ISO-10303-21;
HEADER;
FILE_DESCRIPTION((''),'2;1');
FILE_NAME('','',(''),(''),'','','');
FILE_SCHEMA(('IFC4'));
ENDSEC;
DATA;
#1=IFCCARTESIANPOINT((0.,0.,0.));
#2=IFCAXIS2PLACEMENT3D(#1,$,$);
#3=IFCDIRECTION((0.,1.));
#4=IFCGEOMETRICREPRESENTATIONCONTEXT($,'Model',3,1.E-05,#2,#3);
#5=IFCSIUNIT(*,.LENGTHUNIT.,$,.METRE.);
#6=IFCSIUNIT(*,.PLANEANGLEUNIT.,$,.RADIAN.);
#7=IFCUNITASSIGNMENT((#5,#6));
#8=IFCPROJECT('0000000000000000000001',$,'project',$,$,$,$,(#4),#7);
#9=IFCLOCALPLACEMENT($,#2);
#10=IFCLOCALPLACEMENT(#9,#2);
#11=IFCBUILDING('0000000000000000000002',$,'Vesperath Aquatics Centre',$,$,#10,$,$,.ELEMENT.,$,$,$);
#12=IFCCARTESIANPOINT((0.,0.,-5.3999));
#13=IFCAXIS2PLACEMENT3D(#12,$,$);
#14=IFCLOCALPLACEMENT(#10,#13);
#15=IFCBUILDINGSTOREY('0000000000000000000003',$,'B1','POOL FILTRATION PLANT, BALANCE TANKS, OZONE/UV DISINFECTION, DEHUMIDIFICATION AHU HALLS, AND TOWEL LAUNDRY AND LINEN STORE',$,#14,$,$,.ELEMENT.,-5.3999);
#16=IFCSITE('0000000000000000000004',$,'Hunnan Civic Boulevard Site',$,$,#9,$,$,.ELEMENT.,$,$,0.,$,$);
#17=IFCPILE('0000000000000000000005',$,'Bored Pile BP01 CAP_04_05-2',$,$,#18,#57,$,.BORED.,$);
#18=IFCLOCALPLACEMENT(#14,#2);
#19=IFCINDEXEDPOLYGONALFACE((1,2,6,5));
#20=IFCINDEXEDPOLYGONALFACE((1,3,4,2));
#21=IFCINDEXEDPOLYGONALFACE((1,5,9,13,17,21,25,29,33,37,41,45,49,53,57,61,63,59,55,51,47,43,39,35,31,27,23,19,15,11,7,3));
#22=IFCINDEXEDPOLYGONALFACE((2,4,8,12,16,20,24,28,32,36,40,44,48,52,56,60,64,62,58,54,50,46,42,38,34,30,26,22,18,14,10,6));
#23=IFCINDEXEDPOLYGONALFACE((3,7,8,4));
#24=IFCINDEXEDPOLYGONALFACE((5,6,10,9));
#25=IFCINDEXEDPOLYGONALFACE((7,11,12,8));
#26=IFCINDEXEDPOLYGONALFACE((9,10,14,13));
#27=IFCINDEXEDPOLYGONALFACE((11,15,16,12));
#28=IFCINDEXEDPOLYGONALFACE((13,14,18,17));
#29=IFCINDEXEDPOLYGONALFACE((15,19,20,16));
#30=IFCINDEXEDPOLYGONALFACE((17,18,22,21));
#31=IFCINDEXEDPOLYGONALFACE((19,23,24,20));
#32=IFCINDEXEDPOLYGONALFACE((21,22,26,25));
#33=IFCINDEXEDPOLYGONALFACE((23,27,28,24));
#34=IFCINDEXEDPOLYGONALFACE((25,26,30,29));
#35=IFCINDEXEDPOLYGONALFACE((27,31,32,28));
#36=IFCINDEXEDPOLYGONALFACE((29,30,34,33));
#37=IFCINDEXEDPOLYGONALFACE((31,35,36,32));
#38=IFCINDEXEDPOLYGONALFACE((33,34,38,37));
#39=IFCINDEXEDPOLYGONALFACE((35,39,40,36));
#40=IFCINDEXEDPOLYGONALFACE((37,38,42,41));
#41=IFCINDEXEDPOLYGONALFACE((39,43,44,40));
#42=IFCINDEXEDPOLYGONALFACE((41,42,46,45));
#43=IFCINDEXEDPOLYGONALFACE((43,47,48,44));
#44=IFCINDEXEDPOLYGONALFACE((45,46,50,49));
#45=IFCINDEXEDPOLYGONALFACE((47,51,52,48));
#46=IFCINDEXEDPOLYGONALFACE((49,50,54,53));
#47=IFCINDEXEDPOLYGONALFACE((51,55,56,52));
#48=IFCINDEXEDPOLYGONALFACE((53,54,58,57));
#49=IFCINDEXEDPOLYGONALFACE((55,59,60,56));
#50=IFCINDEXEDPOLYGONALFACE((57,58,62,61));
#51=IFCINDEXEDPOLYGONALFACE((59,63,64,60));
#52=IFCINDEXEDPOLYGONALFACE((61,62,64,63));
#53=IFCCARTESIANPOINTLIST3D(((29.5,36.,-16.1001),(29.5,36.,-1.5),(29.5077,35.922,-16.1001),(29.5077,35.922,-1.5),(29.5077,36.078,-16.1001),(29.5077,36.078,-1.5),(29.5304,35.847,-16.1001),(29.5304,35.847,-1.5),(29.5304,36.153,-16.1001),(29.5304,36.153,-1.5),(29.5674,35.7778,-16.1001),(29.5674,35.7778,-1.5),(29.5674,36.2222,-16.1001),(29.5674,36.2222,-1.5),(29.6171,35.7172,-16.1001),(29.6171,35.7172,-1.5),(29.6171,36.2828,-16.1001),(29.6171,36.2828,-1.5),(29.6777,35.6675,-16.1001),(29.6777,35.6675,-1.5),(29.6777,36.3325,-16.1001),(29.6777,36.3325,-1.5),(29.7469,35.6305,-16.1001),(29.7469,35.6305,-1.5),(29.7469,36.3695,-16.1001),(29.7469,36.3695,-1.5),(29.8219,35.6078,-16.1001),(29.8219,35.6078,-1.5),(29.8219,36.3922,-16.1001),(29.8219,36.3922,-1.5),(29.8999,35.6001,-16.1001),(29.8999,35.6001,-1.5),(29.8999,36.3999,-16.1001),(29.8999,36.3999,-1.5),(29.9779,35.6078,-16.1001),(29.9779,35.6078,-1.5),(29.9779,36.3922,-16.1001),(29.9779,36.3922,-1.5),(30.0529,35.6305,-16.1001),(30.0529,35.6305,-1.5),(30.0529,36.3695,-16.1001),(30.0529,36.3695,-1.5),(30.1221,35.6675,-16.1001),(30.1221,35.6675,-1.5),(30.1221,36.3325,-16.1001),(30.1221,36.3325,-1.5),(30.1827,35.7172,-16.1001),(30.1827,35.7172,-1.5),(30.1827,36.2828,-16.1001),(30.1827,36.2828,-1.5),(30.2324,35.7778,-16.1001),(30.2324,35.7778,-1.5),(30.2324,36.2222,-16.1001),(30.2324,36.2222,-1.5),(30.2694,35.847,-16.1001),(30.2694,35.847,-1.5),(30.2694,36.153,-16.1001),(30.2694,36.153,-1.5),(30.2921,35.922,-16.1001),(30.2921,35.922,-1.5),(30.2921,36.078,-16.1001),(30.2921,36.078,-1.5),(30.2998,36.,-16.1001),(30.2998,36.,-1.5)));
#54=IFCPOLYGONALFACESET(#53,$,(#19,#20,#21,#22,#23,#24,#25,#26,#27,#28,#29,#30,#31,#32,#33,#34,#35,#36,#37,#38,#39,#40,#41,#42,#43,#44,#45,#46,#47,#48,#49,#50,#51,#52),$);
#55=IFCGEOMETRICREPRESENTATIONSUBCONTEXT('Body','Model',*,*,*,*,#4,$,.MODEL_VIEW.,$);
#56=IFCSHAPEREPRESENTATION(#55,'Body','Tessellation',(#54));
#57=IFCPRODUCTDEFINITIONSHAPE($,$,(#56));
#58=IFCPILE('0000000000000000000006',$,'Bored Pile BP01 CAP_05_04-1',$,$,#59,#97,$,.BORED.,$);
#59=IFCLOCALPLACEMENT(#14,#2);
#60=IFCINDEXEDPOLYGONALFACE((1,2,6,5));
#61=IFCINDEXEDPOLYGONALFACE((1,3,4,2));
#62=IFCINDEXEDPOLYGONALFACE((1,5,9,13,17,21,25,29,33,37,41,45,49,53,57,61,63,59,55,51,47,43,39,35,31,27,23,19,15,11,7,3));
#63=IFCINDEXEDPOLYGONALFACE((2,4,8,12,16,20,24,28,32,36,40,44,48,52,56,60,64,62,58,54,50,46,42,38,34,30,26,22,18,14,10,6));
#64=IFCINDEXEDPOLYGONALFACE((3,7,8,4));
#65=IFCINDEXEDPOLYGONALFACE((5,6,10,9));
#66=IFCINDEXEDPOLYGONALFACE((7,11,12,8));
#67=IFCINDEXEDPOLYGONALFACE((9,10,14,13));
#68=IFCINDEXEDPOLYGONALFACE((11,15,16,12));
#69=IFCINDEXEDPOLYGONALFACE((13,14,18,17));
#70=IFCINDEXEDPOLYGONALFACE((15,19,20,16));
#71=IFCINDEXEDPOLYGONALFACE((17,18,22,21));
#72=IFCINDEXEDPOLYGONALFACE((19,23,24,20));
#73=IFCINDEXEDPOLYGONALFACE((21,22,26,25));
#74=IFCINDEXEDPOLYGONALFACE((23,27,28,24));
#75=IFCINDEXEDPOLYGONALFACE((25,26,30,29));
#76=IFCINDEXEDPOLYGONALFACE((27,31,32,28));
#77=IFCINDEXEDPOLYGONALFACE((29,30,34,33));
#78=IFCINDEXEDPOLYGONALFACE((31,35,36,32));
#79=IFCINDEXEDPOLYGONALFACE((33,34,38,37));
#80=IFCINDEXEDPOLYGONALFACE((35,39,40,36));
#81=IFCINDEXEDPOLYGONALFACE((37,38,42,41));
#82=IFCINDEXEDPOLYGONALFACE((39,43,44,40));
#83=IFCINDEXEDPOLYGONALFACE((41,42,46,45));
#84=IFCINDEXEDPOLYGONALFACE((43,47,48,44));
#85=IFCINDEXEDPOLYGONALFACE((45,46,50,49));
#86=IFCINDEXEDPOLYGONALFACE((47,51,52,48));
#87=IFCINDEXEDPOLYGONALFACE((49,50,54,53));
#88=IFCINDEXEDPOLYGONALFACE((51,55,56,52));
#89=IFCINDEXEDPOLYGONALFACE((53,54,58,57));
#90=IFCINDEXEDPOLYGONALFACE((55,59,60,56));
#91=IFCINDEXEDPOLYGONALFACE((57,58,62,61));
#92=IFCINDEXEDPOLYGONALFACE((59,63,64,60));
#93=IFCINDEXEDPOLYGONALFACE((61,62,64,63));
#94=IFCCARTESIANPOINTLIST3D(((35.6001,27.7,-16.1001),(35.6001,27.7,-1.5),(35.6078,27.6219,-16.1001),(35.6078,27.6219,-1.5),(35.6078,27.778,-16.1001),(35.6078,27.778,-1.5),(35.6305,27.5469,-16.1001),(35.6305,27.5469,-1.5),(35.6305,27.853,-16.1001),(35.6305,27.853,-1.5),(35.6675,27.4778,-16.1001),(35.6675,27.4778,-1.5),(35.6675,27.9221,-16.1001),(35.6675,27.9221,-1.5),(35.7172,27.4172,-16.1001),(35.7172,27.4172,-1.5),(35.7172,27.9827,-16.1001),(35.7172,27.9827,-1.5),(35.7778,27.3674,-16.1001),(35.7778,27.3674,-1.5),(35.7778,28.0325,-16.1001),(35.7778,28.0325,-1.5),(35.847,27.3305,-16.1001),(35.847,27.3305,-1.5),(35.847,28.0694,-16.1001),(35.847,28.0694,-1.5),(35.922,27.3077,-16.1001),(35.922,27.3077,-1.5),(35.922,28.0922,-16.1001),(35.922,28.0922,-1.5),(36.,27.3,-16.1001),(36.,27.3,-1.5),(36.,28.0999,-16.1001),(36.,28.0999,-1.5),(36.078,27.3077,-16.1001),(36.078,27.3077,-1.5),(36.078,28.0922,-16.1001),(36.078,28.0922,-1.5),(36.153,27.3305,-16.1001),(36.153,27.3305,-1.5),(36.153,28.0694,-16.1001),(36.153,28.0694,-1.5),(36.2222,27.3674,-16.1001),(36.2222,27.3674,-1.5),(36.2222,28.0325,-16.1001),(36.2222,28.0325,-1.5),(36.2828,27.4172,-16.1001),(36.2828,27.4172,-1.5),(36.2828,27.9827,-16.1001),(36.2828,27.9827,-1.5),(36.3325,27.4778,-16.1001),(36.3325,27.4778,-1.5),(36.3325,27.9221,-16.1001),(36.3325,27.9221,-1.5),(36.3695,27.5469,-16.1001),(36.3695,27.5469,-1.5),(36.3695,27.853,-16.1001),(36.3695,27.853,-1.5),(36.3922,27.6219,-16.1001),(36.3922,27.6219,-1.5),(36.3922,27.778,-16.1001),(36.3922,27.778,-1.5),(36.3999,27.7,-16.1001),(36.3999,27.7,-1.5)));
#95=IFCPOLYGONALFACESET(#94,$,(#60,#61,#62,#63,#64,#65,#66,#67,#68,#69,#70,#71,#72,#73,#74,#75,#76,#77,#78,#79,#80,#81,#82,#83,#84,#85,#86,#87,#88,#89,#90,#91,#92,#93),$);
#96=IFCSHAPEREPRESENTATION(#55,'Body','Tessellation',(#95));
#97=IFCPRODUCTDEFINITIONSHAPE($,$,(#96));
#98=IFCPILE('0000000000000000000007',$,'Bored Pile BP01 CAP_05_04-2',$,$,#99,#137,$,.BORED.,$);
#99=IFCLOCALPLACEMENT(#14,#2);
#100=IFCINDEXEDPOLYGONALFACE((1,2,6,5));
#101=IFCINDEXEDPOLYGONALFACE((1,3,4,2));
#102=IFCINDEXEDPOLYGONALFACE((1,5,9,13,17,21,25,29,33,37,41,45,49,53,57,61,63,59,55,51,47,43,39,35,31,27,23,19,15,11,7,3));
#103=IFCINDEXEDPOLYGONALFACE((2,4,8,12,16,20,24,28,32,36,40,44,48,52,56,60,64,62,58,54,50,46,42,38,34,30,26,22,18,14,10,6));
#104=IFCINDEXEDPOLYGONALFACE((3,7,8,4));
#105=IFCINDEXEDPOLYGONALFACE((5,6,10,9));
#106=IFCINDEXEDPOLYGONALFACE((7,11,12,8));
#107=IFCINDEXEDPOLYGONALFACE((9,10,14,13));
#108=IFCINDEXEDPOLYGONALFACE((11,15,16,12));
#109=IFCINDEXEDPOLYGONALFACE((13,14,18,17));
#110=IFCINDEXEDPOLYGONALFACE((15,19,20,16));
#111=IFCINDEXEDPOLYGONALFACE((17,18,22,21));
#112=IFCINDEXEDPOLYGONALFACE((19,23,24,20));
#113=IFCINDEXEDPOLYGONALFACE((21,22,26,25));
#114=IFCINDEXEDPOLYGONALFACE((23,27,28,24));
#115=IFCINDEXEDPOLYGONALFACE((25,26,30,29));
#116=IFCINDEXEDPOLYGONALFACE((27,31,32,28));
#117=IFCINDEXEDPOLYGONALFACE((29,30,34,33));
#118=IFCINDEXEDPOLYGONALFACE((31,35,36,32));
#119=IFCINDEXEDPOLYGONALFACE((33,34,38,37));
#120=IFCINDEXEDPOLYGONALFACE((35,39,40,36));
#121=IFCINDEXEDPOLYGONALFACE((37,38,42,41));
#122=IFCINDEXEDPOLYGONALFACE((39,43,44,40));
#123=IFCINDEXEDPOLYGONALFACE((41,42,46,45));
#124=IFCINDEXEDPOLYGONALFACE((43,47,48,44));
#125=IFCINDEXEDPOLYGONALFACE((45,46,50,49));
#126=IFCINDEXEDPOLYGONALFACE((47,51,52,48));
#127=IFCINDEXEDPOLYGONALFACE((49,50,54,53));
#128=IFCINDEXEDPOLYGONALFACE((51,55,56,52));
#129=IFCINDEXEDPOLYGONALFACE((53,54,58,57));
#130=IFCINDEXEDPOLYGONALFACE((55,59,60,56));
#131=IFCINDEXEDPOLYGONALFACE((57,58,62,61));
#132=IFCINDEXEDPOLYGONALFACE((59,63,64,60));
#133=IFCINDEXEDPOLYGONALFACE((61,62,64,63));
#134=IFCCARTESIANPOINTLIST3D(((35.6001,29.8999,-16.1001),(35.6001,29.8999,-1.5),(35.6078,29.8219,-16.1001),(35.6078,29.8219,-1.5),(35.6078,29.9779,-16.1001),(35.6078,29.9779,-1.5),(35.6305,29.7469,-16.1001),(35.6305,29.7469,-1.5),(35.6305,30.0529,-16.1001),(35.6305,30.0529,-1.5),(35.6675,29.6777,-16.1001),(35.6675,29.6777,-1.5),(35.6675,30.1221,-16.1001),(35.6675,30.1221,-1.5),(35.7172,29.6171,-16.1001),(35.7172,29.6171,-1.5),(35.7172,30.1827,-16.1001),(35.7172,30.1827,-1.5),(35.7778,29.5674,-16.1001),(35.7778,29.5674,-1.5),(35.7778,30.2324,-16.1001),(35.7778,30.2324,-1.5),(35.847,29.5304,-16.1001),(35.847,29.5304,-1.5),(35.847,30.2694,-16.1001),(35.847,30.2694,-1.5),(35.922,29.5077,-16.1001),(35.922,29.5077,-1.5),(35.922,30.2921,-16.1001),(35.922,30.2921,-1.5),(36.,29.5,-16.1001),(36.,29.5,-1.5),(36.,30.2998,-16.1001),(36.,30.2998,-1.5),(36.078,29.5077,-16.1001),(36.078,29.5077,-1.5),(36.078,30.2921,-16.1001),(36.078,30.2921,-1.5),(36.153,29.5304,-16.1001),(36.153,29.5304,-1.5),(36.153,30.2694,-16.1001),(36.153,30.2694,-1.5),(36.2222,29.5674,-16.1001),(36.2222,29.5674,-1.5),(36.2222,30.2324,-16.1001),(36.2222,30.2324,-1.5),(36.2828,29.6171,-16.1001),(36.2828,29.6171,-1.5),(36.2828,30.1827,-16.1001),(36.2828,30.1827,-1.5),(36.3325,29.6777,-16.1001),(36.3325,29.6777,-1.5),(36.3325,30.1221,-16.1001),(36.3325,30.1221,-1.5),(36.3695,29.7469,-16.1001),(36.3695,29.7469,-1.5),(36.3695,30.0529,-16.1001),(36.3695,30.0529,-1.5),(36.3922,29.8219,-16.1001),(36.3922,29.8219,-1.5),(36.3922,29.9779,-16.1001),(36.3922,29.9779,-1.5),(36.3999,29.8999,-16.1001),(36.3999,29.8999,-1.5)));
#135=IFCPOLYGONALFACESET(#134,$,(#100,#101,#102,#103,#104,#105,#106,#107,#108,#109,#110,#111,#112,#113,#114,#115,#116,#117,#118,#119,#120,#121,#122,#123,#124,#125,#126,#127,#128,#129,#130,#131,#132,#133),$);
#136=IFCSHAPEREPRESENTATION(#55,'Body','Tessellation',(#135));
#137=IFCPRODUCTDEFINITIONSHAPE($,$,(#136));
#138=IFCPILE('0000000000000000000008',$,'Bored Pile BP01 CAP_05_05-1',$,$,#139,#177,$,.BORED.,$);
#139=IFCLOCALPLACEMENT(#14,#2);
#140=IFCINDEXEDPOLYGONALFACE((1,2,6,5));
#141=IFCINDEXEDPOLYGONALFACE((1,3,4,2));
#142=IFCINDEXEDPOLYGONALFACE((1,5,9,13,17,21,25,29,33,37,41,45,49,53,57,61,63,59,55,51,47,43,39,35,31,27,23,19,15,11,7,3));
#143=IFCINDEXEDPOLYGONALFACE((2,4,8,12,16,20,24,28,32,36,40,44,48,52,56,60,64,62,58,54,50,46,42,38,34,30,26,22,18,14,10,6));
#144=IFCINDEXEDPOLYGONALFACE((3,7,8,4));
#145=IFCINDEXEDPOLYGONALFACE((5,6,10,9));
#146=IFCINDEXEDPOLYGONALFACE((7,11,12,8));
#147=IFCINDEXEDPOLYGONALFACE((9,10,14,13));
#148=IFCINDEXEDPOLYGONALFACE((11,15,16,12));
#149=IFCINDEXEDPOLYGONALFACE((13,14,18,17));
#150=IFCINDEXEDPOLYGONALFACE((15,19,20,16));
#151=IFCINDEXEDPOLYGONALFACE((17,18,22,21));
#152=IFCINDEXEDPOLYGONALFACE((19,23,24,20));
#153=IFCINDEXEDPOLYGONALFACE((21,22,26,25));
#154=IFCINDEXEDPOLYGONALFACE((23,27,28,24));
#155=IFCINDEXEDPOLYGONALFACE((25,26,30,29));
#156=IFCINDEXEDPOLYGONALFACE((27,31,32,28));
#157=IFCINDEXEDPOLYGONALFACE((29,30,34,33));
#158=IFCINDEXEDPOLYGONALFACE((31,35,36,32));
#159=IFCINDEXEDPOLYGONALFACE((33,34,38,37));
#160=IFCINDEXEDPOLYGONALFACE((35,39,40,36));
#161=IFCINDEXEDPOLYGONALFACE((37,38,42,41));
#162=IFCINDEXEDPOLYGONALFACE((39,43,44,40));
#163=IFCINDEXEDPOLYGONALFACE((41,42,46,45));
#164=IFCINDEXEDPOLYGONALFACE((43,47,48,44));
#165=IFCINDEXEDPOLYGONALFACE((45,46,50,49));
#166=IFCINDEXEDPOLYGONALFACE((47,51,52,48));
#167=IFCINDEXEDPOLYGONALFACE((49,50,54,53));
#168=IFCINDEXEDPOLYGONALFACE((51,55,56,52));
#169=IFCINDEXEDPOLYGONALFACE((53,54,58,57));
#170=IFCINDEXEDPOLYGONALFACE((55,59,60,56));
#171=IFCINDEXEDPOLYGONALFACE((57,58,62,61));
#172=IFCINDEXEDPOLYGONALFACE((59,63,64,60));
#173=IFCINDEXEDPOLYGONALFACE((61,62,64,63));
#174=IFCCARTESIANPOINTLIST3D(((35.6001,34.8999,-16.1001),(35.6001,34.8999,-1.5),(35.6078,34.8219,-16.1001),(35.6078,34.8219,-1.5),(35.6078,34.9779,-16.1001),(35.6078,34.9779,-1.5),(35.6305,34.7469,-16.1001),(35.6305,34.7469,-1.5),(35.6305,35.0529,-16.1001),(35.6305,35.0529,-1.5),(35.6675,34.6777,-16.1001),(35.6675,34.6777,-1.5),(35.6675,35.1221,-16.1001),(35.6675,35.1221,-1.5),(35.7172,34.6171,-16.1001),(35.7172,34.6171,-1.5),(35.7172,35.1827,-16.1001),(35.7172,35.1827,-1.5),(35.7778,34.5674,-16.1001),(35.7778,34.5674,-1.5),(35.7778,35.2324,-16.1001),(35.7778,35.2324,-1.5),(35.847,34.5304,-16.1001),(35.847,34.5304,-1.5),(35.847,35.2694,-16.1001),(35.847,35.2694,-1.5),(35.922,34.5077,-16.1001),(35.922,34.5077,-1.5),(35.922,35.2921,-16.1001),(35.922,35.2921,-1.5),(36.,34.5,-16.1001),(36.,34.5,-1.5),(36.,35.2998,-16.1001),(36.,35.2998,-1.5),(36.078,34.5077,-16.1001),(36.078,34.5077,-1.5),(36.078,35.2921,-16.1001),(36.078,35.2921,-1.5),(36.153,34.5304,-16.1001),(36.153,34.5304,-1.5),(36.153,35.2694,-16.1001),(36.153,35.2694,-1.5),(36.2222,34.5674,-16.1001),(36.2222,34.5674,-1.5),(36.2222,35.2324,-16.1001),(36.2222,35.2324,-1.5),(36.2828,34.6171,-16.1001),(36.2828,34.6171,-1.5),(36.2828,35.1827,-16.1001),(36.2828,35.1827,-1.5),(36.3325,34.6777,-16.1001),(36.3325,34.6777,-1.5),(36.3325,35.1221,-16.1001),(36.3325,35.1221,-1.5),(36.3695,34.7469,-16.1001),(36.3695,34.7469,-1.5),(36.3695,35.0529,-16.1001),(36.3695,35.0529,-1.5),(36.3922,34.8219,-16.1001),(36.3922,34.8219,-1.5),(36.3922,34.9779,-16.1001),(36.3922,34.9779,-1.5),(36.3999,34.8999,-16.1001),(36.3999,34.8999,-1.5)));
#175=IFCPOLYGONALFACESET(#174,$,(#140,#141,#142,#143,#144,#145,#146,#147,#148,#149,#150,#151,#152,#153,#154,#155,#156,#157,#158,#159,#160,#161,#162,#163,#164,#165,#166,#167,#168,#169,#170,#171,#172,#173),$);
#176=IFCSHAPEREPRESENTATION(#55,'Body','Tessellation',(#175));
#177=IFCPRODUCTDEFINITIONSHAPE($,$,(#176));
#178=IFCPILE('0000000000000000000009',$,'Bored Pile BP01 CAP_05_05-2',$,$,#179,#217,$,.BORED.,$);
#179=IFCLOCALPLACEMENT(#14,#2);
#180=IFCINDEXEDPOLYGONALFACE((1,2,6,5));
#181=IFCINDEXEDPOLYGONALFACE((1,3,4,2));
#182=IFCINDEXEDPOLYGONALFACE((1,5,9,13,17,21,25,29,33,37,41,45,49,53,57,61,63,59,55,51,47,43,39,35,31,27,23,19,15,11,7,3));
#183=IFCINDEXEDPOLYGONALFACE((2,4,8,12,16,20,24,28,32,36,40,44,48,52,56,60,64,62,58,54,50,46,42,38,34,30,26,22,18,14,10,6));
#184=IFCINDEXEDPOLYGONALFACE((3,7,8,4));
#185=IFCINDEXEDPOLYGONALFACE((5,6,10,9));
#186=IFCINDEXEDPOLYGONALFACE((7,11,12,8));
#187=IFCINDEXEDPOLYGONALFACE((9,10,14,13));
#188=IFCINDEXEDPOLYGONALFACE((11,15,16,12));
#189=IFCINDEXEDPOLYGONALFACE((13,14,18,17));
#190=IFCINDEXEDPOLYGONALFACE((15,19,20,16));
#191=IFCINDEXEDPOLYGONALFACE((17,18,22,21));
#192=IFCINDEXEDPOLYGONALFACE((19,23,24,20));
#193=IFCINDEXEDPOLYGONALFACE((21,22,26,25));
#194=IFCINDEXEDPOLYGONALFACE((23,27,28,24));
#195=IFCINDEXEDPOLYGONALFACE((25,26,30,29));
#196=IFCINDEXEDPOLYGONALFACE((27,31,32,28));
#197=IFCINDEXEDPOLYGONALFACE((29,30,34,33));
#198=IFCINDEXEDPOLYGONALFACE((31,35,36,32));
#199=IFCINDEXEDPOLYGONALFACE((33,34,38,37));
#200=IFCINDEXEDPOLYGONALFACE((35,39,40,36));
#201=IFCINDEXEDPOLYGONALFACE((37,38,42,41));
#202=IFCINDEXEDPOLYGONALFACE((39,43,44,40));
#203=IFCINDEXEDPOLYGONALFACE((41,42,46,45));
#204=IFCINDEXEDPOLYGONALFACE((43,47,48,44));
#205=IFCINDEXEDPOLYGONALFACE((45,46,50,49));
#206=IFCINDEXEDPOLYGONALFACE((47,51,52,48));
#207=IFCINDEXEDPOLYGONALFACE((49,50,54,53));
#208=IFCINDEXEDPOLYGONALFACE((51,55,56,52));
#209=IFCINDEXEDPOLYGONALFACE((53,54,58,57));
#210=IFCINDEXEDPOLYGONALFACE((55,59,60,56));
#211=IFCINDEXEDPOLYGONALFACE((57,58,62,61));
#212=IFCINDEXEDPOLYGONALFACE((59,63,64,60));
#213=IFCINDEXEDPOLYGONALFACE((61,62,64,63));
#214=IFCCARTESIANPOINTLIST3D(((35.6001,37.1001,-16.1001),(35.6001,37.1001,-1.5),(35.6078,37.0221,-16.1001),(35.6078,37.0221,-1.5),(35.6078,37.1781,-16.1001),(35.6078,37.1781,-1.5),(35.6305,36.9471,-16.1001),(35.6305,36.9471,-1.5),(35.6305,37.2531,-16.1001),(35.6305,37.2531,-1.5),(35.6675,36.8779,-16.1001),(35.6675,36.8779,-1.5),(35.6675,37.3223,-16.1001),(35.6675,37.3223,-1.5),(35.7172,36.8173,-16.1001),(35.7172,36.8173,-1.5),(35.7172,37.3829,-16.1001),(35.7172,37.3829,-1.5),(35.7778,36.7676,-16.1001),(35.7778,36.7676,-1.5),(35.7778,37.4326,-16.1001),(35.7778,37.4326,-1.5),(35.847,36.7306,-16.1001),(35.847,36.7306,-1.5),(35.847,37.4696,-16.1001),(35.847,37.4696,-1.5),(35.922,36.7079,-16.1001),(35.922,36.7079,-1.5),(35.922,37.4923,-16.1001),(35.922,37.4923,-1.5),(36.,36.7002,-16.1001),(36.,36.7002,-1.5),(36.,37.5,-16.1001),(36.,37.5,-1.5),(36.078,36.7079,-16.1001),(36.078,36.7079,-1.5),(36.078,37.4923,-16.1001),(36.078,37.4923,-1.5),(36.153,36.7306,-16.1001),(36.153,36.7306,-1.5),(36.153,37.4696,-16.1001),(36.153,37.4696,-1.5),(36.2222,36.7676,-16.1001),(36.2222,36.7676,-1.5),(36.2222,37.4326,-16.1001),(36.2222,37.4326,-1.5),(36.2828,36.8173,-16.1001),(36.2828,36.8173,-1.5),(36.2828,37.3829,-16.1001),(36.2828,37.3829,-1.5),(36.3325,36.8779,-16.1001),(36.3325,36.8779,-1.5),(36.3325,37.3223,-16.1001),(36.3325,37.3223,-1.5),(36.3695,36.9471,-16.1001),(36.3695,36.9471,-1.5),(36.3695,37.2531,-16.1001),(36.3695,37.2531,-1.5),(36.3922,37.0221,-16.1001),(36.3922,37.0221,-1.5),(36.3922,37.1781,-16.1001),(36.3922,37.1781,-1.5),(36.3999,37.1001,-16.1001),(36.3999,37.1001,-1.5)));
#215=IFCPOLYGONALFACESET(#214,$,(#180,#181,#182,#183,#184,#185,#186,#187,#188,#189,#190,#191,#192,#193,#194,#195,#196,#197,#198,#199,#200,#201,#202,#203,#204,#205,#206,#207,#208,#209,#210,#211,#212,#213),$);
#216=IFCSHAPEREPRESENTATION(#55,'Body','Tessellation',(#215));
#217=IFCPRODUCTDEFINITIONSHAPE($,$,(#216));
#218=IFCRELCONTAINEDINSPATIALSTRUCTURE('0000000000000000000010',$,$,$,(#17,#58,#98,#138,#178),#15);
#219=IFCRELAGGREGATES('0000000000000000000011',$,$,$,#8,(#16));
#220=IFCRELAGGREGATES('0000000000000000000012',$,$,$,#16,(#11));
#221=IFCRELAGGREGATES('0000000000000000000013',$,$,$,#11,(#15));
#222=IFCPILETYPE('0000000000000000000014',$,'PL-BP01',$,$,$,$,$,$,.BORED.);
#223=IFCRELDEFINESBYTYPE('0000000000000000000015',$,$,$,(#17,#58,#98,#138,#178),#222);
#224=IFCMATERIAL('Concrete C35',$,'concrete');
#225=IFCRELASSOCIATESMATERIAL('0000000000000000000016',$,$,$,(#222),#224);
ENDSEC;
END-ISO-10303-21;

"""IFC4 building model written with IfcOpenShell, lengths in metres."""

from ifc_helpers import new_model, si_unit, direction, frame, origin, origin_2d, place, context, subcontext, project, spatial, circle, extrude, material, material_profile, profile_set, type_object, element, save


model = new_model("IFC4")

# Units and contexts
model_context = context("Model", 3, precision=1e-05, world=origin(), true_north=direction((0.0, 1.0)))
body_context = subcontext(model_context, "Body", "Model", "MODEL_VIEW")
ifc_project = project(units=[si_unit("LENGTHUNIT", "METRE"), si_unit("PLANEANGLEUNIT", "RADIAN")], contexts=[model_context])

# Site, building, storey
site_placement = place(None, origin())
site = spatial("IfcSite", under=ifc_project, at=site_placement, Name="Hunnan Civic Boulevard Site", CompositionType="ELEMENT", RefElevation=0.0)
building_placement = place(site_placement, origin())
building = spatial("IfcBuilding", under=site, at=building_placement, Name="Vesperath Aquatics Centre", CompositionType="ELEMENT")
storey_placement = place(building_placement, frame((0.0, 0.0, -5.3999)))
storey = spatial("IfcBuildingStorey", under=building, at=storey_placement, Name="B1", Description="POOL FILTRATION PLANT, BALANCE TANKS, OZONE/UV DISINFECTION, DEHUMIDIFICATION AHU HALLS, AND TOWEL LAUNDRY AND LINEN STORE", CompositionType="ELEMENT", Elevation=-5.3999)

# Piles
ifc_material_1 = material(Name="Concrete C35", Category="concrete")
ifc_material_profile_1 = material_profile(ifc_material_1, circle(Radius=0.3999, at=origin_2d()), Name="PILE D800")
ifc_profile_set_1 = profile_set([ifc_material_profile_1], Name="Concrete C35")
pile_type = type_object("IfcPileType", Name="PL-BP01", PredefinedType="BORED", material=ifc_profile_set_1)
for number, where, z_axis, x_axis, name in (
    (1, (29.8999, 36.0, -1.5), (0.0, 0.0, -1.0), (1.0, 0.0, 0.0), "Bored Pile BP01 CAP_04_05-2"),
    (2, (36.0, 27.7, -1.5), (0.0, 0.0, -1.0), (1.0, 0.0, 0.0), "Bored Pile BP01 CAP_05_04-1"),
    (3, (36.0, 29.8999, -1.5), (0.0, 0.0, -1.0), (1.0, 0.0, 0.0), "Bored Pile BP01 CAP_05_04-2"),
    (4, (36.0, 34.8999, -1.5), (0.0, 0.0, -1.0), (1.0, 0.0, 0.0), "Bored Pile BP01 CAP_05_05-1"),
    (5, (36.0, 37.1001, -1.5), (0.0, 0.0, -1.0), (1.0, 0.0, 0.0), "Bored Pile BP01 CAP_05_05-2"),
):
    element("IfcPile", number, at=place(storey_placement, frame(where, z_axis=z_axis, x_axis=x_axis)), inside=storey, type_object=pile_type, Name=name, PredefinedType="BORED", context=body_context, shape_type="SweptSolid", body=[
        extrude(circle(Radius=0.3999, at=origin_2d()), origin(), (0.0, 0.0, 1.0), 14.6001),
    ])

save(model, "model.ifc")
